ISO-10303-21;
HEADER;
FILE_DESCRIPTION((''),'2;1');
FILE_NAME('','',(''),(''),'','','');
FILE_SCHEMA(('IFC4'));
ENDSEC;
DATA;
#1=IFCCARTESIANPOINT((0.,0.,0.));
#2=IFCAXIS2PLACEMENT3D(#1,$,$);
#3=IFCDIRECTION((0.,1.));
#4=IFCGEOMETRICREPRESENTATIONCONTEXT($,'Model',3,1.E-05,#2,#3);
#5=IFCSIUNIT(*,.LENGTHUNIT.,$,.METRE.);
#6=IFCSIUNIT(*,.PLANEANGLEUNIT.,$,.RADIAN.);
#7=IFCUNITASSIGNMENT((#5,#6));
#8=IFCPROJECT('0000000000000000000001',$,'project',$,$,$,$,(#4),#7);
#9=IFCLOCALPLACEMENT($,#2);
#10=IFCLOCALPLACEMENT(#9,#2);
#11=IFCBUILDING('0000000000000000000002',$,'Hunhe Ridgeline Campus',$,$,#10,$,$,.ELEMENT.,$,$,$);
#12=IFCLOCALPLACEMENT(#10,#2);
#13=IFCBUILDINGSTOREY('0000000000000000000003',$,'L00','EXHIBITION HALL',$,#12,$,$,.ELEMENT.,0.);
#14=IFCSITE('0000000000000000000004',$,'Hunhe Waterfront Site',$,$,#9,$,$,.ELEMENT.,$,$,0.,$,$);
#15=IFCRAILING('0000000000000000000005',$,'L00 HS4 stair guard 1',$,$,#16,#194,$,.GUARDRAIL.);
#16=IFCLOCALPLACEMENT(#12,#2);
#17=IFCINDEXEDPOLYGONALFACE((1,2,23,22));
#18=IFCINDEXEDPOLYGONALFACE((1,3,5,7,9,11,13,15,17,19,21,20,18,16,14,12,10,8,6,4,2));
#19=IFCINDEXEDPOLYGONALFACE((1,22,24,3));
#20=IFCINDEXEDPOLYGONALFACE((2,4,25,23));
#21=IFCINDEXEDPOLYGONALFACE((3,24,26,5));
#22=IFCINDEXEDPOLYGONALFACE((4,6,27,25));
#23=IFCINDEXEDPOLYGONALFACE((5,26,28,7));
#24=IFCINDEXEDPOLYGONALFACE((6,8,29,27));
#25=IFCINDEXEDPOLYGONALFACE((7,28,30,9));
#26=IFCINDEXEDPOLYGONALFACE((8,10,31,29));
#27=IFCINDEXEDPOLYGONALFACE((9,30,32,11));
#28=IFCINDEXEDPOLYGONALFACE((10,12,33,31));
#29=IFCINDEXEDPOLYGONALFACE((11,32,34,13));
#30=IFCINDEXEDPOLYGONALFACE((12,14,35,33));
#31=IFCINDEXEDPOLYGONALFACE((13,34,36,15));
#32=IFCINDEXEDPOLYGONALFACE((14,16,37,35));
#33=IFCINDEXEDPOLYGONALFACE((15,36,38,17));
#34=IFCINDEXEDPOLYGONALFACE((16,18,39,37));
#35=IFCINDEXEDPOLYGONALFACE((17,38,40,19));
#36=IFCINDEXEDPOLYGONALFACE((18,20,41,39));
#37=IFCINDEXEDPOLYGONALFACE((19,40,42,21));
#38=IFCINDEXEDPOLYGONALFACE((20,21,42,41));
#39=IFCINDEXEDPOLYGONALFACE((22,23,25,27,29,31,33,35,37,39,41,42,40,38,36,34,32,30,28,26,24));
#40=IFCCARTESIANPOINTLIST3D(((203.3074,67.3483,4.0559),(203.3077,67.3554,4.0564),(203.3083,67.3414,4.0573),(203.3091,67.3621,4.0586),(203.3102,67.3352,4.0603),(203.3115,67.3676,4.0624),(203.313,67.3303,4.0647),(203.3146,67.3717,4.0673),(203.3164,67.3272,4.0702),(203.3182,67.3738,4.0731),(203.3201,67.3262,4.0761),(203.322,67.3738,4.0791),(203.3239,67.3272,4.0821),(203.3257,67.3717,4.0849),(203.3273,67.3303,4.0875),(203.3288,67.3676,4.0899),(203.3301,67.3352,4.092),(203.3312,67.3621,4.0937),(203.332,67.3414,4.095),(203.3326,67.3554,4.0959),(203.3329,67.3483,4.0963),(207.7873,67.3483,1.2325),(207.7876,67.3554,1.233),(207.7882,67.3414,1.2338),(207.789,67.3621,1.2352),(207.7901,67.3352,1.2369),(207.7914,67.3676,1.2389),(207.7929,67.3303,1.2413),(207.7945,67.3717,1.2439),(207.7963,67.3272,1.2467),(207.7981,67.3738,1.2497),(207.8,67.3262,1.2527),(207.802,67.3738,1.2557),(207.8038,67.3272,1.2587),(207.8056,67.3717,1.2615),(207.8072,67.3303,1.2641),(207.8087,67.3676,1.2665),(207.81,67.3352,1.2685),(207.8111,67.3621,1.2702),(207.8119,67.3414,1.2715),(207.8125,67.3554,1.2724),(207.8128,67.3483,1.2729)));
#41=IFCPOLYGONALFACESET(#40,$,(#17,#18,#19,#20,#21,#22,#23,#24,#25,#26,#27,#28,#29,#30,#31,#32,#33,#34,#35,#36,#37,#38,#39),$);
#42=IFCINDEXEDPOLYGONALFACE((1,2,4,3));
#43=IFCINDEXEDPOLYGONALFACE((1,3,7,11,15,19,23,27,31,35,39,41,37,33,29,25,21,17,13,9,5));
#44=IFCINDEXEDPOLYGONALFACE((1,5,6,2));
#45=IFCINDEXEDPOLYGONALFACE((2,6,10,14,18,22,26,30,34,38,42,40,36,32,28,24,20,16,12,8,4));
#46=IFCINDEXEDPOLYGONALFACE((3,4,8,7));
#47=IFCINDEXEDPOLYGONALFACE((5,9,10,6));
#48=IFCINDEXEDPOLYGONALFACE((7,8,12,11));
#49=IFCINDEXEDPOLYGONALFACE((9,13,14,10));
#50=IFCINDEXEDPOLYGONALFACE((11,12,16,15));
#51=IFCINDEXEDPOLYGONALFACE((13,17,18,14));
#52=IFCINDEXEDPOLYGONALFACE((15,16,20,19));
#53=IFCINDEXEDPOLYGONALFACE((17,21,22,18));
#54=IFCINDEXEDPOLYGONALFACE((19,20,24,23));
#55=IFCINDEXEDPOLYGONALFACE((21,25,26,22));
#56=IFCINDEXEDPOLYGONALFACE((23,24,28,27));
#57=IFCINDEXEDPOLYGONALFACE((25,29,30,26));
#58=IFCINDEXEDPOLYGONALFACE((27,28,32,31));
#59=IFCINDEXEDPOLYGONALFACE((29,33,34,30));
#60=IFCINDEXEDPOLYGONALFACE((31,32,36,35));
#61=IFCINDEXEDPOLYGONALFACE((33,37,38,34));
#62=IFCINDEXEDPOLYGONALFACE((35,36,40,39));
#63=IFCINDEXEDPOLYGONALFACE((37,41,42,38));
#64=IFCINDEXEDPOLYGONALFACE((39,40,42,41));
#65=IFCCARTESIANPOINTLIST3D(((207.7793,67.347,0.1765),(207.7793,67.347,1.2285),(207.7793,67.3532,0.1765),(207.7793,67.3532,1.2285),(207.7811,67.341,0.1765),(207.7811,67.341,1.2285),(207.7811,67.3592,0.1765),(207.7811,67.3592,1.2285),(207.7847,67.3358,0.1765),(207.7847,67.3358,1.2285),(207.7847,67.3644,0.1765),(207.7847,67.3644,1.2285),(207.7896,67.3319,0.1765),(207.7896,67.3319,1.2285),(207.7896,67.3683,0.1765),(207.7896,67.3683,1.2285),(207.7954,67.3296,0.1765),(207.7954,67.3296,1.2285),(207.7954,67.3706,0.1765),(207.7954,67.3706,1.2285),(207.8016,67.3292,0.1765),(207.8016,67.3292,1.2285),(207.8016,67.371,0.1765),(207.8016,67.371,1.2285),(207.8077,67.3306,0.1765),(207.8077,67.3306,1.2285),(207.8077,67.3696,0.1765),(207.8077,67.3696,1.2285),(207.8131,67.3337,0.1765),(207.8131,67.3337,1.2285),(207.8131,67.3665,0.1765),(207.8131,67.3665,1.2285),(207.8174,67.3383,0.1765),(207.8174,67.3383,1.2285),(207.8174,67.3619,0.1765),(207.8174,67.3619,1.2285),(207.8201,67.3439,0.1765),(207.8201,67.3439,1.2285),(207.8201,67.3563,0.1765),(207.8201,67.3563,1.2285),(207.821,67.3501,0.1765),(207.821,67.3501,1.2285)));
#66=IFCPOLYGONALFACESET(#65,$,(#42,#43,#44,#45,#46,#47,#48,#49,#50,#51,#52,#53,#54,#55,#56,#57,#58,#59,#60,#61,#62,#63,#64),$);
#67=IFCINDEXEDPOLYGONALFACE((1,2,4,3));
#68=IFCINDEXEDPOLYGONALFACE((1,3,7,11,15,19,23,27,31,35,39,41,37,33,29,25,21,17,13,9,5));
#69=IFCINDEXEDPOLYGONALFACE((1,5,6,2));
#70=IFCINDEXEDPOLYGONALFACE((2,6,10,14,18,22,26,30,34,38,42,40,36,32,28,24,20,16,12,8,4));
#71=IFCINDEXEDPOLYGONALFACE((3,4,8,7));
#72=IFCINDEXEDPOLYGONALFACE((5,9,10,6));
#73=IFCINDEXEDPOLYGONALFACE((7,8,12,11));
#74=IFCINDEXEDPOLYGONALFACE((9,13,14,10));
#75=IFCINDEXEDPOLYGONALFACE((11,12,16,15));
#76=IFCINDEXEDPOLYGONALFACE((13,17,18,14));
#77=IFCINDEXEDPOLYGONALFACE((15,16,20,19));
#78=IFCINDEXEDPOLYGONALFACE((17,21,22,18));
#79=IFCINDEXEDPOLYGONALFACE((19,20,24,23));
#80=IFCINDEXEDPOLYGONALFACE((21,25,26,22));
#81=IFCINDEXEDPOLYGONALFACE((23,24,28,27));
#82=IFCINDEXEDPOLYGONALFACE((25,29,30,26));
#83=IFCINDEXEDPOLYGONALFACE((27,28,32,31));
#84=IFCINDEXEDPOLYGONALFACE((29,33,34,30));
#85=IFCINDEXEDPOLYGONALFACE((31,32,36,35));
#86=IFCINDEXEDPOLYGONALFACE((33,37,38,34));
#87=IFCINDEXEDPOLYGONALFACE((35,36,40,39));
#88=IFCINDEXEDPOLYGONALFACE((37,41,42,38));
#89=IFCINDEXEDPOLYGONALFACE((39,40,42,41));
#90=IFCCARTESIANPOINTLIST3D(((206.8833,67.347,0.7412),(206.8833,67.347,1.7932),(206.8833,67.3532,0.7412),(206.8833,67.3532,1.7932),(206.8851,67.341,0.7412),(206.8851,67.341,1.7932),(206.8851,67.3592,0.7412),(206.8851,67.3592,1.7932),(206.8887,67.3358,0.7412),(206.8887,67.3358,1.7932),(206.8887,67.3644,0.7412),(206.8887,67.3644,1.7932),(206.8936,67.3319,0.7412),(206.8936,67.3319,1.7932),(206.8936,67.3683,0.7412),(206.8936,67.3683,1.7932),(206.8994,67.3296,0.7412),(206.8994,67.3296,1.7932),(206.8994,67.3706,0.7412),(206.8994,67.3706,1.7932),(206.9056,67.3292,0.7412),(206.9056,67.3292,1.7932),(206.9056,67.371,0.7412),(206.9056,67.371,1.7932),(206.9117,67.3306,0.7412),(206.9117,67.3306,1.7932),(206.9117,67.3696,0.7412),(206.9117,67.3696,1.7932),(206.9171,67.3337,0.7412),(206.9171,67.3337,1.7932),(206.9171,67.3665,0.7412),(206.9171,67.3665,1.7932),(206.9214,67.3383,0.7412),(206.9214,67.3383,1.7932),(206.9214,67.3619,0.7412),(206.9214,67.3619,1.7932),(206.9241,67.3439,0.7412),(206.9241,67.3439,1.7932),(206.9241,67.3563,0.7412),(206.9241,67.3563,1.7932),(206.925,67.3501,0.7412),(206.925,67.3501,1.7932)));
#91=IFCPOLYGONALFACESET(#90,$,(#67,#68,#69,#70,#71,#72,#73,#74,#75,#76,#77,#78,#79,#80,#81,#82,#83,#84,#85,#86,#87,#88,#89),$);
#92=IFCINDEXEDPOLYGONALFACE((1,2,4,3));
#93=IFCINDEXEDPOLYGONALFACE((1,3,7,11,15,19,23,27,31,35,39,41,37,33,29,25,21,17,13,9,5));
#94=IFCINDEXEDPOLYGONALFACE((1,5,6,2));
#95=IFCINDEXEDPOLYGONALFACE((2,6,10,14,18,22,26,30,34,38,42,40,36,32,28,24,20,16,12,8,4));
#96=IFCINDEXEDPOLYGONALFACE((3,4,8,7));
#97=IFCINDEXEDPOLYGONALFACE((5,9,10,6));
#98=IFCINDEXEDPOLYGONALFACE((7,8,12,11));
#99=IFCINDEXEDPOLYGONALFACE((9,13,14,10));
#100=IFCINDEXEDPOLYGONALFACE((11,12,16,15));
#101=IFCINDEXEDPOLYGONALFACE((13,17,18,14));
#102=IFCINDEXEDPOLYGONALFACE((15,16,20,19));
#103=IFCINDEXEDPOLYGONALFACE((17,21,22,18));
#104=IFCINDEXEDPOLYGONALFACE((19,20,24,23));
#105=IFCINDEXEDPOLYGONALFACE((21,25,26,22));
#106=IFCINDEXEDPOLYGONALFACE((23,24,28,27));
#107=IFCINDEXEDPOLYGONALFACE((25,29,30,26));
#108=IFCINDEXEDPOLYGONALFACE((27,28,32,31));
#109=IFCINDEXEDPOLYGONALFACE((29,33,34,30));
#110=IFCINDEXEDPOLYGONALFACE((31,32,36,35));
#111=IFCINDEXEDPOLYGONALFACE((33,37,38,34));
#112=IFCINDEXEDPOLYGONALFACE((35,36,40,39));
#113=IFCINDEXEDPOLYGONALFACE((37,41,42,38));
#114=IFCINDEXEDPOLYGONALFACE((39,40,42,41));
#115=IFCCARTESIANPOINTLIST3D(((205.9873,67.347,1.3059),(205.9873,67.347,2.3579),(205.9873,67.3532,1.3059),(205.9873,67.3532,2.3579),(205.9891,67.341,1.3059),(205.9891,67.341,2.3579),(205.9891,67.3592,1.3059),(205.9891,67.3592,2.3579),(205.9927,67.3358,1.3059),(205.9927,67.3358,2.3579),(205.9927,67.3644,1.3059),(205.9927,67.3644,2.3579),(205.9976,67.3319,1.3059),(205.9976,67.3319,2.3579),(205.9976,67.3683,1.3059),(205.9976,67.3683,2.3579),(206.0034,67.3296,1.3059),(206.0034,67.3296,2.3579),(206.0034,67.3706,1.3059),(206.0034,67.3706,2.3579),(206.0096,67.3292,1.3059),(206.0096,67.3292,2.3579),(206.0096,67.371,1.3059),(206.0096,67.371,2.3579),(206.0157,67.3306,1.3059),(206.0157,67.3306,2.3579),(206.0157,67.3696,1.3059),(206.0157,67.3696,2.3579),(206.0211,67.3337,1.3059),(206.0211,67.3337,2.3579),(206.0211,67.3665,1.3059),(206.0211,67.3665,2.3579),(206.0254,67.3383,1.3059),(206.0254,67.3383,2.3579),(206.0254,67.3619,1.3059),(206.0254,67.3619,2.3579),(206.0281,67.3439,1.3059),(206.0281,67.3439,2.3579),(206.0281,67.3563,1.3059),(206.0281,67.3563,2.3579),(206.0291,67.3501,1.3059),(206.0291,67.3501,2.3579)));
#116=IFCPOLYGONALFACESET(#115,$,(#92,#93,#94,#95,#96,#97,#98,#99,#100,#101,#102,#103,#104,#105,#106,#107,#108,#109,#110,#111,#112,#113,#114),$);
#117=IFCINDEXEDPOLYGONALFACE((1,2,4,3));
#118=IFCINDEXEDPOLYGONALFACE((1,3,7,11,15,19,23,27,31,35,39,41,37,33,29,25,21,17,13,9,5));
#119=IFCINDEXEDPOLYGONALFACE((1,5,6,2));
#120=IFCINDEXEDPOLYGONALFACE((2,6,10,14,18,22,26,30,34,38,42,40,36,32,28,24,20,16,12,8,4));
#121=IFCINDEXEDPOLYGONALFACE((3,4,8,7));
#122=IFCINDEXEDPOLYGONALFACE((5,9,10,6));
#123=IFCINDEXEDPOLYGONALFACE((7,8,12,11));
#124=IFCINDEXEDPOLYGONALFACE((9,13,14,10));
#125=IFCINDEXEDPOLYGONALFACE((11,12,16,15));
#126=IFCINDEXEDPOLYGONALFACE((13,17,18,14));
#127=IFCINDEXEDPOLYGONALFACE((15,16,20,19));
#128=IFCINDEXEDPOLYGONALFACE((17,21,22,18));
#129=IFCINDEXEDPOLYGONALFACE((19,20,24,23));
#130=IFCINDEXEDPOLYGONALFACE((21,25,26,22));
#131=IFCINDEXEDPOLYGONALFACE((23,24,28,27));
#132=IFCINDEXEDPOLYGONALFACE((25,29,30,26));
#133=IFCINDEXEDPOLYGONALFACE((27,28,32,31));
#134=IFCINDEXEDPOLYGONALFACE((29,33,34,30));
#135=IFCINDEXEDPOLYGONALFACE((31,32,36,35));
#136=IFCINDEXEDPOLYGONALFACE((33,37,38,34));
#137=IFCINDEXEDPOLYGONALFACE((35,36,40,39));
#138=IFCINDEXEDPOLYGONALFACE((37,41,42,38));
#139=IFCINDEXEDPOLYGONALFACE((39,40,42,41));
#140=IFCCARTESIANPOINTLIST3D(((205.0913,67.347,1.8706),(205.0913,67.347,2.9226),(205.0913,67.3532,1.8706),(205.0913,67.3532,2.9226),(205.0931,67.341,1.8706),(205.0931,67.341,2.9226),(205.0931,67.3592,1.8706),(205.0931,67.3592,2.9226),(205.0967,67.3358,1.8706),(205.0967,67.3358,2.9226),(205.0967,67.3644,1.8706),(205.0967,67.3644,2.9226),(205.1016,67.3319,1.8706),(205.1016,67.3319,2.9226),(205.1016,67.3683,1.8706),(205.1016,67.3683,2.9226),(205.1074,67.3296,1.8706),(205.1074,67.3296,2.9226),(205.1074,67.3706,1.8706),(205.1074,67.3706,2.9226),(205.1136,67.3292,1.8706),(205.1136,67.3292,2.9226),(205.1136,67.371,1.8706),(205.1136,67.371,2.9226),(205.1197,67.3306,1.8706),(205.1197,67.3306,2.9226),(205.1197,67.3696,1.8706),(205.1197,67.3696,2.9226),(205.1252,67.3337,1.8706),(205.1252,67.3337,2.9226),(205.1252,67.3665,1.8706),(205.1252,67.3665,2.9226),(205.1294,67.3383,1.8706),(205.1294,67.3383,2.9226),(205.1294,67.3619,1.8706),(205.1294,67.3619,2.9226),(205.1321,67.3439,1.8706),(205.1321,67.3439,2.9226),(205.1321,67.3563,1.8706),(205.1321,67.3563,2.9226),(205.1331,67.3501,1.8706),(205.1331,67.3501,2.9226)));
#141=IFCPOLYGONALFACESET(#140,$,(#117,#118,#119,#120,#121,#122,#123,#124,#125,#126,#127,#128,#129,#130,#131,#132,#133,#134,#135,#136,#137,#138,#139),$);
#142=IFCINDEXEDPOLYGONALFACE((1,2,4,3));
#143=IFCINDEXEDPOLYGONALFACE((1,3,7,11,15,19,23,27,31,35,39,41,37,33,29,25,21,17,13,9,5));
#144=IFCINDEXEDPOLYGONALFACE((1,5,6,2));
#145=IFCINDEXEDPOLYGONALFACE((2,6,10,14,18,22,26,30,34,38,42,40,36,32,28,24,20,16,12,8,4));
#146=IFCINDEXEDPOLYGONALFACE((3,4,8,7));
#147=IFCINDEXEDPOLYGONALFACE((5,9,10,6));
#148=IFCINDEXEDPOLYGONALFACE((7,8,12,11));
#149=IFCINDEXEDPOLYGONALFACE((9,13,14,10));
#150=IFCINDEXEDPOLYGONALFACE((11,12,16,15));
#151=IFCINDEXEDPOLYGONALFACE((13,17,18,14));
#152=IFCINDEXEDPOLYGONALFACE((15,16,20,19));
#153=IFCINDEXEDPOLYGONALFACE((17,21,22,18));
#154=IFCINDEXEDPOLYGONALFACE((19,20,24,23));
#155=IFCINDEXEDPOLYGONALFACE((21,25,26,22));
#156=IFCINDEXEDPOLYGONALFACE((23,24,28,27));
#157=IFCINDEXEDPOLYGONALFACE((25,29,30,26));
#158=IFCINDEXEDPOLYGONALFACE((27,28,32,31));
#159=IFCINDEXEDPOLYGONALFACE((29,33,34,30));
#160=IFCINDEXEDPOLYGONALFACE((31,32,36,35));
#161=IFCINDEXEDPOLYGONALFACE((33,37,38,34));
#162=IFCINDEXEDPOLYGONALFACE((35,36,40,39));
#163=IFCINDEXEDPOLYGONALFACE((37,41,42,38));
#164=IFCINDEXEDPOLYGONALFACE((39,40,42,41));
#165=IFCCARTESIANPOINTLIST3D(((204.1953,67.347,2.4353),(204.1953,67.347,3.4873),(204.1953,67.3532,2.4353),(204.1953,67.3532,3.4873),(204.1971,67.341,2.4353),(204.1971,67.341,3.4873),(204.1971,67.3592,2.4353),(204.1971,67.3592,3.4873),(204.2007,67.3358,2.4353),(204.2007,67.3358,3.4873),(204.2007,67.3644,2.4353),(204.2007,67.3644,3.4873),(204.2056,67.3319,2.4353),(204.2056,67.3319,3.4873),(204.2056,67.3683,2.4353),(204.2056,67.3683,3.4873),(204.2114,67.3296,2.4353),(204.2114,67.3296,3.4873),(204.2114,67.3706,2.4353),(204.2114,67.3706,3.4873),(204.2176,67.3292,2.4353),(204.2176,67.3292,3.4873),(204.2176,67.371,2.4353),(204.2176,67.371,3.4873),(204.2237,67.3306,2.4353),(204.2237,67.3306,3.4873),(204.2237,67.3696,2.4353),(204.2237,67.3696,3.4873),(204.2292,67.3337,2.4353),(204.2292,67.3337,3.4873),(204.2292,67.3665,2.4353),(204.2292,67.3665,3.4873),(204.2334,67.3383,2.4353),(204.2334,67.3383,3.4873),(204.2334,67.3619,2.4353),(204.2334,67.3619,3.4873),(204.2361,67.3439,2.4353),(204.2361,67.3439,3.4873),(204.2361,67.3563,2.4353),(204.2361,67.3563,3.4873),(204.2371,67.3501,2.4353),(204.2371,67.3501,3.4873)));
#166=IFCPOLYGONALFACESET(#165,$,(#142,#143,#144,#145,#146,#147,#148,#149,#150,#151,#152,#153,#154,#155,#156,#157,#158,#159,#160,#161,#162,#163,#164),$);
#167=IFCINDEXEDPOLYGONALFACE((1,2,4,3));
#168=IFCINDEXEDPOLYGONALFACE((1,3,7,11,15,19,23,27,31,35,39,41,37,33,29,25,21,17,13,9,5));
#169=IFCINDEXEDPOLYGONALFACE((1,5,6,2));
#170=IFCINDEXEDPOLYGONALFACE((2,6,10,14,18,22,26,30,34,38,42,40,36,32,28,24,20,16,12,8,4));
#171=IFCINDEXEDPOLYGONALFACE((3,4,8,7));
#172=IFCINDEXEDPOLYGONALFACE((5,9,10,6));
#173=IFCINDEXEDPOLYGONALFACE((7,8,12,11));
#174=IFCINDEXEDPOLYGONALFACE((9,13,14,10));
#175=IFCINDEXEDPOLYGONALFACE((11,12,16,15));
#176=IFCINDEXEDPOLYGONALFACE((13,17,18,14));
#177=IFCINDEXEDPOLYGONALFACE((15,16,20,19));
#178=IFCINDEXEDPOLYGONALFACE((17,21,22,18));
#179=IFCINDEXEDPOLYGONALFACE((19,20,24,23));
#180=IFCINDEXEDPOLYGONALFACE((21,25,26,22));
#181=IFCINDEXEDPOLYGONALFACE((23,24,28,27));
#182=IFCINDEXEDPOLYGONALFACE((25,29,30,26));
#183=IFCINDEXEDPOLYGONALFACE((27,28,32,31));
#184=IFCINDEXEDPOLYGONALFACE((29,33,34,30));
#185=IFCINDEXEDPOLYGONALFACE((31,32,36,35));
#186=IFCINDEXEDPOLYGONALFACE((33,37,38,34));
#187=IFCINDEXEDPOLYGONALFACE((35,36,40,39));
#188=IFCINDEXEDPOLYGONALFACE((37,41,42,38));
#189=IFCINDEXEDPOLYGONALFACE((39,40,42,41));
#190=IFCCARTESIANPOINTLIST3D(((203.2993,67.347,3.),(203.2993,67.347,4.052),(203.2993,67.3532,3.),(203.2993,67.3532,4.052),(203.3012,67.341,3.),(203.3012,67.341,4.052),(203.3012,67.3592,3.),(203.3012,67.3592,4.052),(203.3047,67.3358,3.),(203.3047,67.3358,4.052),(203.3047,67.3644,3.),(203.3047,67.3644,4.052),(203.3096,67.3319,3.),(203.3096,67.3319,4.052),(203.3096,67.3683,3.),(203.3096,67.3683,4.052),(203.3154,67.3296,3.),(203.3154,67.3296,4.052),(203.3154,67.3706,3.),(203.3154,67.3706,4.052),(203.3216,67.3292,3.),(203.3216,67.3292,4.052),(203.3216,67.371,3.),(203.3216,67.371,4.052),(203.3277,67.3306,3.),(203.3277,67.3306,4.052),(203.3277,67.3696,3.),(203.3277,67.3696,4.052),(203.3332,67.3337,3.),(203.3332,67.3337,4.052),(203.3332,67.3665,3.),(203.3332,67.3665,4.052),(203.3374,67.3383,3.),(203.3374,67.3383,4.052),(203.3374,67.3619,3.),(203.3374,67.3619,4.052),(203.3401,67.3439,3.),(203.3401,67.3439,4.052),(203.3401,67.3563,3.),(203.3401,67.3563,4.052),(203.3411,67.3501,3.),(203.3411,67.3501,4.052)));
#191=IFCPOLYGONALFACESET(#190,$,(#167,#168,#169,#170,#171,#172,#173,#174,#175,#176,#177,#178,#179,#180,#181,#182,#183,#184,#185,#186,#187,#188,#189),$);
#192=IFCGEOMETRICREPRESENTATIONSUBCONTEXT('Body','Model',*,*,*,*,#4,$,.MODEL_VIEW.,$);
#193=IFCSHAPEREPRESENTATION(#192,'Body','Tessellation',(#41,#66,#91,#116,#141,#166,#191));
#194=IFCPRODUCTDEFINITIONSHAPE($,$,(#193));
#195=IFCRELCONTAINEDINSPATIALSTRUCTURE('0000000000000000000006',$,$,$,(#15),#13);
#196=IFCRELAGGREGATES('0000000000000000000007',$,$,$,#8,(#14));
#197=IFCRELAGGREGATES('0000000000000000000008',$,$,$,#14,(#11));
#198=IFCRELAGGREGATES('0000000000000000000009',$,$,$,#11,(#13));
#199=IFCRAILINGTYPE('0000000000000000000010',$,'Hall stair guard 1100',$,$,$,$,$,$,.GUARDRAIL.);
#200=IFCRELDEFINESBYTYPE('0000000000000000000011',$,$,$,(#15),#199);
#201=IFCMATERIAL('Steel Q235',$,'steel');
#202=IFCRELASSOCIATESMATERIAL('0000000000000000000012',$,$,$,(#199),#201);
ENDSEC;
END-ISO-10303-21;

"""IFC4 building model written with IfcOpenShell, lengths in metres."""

from ifc_helpers import new_model, si_unit, direction, frame, origin, origin_2d, place, context, subcontext, project, spatial, circle, extrude, material, type_object, element, save


model = new_model("IFC4")

# Units and contexts
model_context = context("Model", 3, precision=1e-05, world=origin(), true_north=direction((0.0, 1.0)))
body_context = subcontext(model_context, "Body", "Model", "MODEL_VIEW")
ifc_project = project(units=[si_unit("LENGTHUNIT", "METRE"), si_unit("PLANEANGLEUNIT", "RADIAN")], contexts=[model_context])

# Site, building, storey
site_placement = place(None, origin())
site = spatial("IfcSite", under=ifc_project, at=site_placement, Name="Hunhe Waterfront Site", CompositionType="ELEMENT", RefElevation=0.0)
building_placement = place(site_placement, origin())
building = spatial("IfcBuilding", under=site, at=building_placement, Name="Hunhe Ridgeline Campus", CompositionType="ELEMENT")
storey_placement = place(building_placement, origin())
storey = spatial("IfcBuildingStorey", under=building, at=storey_placement, Name="L00", Description="EXHIBITION HALL", CompositionType="ELEMENT", Elevation=0.0)

# Shared definitions
ifc_material_1 = material(Name="Steel Q235", Category="steel")

# Railing
railing_type_1 = type_object("IfcRailingType", Name="Hall stair guard 1100", PredefinedType="GUARDRAIL", material=ifc_material_1)
railing_1_placement = place(storey_placement, frame((207.8, 67.3501, 0.1765)))
element("IfcRailing", 1, at=railing_1_placement, inside=storey, type_object=railing_type_1, Name="L00 HS4 stair guard 1", PredefinedType="GUARDRAIL", context=body_context, shape_type="SweptSolid", body=[
    extrude(circle(Radius=0.0239, at=origin_2d()), frame((0.0, 0.0, 1.0762), z_axis=(-0.845998, 0.0, 0.533186), x_axis=(0.0, -1.0, 0.0)), (0.0, 0.0, 1.0), 5.2954),
    extrude(circle(Radius=0.021, at=origin_2d()), origin(), (0.0, 0.0, 1.0), 1.052),
    extrude(circle(Radius=0.021, at=origin_2d()), frame((-0.896, 0.0, 0.5647)), (0.0, 0.0, 1.0), 1.052),
    extrude(circle(Radius=0.021, at=origin_2d()), frame((-1.792, 0.0, 1.1294)), (0.0, 0.0, 1.0), 1.052),
    extrude(circle(Radius=0.021, at=origin_2d()), frame((-2.688, 0.0, 1.6941)), (0.0, 0.0, 1.0), 1.052),
    extrude(circle(Radius=0.021, at=origin_2d()), frame((-3.584, 0.0, 2.2588)), (0.0, 0.0, 1.0), 1.052),
    extrude(circle(Radius=0.021, at=origin_2d()), frame((-4.48, 0.0, 2.8235)), (0.0, 0.0, 1.0), 1.052),
])

save(model, "model.ifc")
